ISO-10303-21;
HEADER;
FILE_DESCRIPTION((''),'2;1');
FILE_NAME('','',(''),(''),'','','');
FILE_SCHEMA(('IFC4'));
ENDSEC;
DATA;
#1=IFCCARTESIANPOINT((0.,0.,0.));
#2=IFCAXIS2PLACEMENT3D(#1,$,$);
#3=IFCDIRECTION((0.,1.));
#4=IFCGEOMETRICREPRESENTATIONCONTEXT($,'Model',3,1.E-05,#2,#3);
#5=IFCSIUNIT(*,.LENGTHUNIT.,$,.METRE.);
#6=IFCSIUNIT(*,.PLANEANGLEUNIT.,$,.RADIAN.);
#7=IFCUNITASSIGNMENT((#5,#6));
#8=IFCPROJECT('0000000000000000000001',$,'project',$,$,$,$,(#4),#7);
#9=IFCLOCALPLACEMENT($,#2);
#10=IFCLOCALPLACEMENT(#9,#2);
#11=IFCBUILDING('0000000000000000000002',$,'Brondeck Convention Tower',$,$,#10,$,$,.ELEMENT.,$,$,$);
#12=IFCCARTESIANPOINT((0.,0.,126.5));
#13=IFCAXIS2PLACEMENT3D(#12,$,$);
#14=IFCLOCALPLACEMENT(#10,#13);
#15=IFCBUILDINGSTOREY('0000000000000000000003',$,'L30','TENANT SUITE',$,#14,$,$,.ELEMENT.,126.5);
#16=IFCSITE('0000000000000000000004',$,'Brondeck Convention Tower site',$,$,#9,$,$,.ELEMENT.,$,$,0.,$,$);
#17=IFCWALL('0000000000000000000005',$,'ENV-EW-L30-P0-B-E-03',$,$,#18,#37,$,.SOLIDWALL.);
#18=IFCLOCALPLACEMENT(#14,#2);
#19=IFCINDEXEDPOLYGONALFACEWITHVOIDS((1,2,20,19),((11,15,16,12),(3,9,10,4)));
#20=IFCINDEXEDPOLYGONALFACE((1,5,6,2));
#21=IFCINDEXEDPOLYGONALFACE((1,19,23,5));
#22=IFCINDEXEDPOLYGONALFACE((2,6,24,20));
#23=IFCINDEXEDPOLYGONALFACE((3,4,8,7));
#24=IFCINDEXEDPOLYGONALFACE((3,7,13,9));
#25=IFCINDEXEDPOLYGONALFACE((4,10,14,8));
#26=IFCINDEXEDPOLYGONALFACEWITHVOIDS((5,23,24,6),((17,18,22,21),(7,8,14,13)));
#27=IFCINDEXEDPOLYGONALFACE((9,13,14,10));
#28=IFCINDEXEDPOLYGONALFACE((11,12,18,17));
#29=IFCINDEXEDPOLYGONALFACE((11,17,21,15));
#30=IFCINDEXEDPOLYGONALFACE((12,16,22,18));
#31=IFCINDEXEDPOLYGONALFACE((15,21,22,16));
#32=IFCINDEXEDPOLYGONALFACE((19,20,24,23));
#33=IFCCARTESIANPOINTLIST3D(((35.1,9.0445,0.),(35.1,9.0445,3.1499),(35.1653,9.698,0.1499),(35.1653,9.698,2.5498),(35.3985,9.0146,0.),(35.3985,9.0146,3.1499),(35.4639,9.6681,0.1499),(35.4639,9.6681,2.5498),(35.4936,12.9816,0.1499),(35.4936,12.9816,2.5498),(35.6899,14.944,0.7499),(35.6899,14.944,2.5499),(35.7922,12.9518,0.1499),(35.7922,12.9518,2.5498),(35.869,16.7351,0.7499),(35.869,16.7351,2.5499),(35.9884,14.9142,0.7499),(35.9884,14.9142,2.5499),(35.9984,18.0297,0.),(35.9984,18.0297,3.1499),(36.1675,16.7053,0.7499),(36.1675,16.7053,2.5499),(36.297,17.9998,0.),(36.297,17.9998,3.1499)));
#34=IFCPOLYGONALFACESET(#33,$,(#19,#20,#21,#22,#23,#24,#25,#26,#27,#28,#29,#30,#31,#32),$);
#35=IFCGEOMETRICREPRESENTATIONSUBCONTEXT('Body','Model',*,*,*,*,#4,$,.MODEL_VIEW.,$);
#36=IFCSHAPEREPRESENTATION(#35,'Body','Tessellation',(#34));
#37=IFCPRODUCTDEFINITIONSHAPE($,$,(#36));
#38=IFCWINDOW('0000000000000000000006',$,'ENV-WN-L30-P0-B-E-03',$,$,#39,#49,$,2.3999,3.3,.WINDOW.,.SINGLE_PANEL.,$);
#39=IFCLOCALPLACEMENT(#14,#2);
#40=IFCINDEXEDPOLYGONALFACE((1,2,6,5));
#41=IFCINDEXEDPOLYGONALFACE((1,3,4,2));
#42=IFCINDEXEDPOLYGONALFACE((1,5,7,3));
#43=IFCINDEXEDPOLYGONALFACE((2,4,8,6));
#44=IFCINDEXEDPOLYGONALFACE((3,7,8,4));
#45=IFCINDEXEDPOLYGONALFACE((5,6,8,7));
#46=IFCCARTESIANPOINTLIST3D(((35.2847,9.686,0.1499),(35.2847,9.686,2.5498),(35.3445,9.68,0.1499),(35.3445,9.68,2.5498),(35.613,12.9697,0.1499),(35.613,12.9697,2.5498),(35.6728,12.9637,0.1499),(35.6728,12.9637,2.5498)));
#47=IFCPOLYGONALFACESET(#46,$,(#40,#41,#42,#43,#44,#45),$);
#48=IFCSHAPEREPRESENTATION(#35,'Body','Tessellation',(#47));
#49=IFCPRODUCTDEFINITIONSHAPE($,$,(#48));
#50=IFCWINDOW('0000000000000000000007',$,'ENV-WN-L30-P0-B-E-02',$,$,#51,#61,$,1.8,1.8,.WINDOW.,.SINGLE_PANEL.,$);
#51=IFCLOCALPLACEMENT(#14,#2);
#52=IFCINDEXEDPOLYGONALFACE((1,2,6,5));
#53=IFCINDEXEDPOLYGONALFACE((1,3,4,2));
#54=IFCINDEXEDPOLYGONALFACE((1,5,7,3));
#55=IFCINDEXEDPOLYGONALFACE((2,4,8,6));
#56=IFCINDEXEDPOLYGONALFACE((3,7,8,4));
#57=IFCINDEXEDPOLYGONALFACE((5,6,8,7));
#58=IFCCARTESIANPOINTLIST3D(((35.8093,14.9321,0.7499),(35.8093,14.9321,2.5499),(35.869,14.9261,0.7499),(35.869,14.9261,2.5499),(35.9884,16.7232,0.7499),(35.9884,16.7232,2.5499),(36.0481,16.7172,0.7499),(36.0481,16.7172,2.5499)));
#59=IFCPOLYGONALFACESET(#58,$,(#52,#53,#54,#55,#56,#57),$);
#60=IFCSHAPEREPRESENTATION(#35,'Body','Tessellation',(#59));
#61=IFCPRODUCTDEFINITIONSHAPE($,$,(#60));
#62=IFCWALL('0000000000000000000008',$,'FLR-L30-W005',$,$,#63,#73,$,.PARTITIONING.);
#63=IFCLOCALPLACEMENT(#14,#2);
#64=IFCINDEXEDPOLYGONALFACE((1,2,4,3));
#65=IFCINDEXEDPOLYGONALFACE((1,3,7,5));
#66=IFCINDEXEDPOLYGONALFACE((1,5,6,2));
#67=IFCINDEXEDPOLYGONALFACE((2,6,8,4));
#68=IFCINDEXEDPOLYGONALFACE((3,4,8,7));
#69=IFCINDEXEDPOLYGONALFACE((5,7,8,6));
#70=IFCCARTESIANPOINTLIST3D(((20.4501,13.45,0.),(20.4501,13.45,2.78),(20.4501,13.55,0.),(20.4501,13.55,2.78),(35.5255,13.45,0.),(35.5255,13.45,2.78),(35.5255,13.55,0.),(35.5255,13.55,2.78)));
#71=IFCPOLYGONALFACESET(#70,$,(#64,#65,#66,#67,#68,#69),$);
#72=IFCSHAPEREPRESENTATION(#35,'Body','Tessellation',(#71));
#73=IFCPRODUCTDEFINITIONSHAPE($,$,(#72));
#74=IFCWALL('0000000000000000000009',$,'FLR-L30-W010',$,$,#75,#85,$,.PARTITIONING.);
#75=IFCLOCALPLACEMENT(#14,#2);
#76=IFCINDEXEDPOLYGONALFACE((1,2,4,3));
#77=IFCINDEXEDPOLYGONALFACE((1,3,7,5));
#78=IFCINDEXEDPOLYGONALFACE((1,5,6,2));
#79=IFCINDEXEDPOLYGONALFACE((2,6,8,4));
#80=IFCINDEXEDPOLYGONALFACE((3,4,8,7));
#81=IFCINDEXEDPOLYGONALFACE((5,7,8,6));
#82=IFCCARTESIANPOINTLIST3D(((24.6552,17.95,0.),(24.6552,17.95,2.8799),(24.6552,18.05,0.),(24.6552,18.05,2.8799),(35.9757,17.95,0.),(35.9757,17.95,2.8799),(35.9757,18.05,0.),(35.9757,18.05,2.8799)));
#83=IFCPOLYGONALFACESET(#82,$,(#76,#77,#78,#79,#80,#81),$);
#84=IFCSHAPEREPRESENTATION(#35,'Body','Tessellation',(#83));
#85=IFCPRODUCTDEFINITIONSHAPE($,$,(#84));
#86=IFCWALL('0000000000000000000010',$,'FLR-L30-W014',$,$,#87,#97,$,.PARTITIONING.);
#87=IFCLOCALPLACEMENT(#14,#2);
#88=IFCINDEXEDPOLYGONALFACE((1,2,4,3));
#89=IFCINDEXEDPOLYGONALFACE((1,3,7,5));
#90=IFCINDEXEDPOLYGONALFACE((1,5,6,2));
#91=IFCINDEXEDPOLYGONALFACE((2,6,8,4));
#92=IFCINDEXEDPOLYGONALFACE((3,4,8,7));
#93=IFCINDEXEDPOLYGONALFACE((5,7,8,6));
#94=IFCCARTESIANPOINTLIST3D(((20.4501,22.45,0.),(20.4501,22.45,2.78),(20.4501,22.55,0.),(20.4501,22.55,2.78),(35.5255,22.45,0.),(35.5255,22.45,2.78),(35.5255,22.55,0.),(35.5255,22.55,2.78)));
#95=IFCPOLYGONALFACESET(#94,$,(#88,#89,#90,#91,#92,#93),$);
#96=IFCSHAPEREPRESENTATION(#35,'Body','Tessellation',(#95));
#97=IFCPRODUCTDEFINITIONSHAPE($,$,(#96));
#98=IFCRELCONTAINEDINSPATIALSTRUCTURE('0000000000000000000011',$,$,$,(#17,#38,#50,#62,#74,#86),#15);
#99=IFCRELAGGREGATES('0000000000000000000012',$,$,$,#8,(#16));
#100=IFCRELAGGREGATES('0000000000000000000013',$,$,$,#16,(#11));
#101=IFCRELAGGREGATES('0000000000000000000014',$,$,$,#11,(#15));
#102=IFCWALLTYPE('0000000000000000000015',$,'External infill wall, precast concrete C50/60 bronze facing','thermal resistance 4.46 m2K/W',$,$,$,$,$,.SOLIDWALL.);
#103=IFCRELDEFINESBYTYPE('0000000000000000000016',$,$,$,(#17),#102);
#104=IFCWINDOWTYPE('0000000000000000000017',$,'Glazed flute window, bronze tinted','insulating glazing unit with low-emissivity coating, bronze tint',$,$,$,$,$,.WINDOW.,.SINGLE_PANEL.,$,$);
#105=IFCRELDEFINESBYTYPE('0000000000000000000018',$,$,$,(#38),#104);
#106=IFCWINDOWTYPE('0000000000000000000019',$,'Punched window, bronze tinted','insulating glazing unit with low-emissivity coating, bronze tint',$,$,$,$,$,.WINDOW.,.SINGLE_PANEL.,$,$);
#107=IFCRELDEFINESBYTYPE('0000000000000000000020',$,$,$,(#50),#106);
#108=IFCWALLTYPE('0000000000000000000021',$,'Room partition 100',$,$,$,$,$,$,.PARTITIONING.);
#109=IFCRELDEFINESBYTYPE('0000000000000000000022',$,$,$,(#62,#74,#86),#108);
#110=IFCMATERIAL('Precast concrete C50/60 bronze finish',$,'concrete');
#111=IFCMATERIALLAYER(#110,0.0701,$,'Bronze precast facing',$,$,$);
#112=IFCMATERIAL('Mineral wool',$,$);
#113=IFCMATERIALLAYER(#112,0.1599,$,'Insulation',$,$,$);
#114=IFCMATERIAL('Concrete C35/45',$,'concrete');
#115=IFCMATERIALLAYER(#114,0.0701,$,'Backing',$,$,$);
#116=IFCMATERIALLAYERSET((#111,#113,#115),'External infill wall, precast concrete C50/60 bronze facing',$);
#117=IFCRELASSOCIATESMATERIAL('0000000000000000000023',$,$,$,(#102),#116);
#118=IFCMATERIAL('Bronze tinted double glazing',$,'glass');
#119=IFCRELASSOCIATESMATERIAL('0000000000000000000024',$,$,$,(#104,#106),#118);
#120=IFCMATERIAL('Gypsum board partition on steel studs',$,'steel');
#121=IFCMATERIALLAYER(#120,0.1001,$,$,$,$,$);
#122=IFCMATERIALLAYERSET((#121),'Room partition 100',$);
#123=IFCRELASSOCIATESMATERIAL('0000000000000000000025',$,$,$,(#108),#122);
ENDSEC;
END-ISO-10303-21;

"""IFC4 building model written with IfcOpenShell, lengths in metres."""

from ifc_helpers import new_model, si_unit, direction, frame, frame_2d, origin, place, context, subcontext, project, spatial, rectangle, extrude, material, layer, layer_set, type_object, element, fill, save


model = new_model("IFC4")

# Units and contexts
model_context = context("Model", 3, precision=1e-05, world=origin(), true_north=direction((0.0, 1.0)))
body_context = subcontext(model_context, "Body", "Model", "MODEL_VIEW")
ifc_project = project(units=[si_unit("LENGTHUNIT", "METRE"), si_unit("PLANEANGLEUNIT", "RADIAN")], contexts=[model_context])

# Site, building, storey
site_placement = place(None, origin())
site = spatial("IfcSite", under=ifc_project, at=site_placement, Name="Brondeck Convention Tower site", CompositionType="ELEMENT", RefElevation=0.0)
building_placement = place(site_placement, origin())
building = spatial("IfcBuilding", under=site, at=building_placement, Name="Brondeck Convention Tower", CompositionType="ELEMENT")
storey_placement = place(building_placement, frame((0.0, 0.0, 126.5)))
storey = spatial("IfcBuildingStorey", under=building, at=storey_placement, Name="L30", Description="TENANT SUITE", CompositionType="ELEMENT", Elevation=126.5)

# Shared definitions
ifc_material_1 = material(Name="Precast concrete C50/60 bronze finish", Category="concrete")
ifc_layer_1 = layer(ifc_material_1, 0.0701, Name="Bronze precast facing")
ifc_material_2 = material(Name="Mineral wool")
ifc_layer_2 = layer(ifc_material_2, 0.1599, Name="Insulation")
ifc_material_3 = material(Name="Concrete C35/45", Category="concrete")
ifc_layer_3 = layer(ifc_material_3, 0.0701, Name="Backing")
ifc_layer_set_1 = layer_set([ifc_layer_1, ifc_layer_2, ifc_layer_3], Name="External infill wall, precast concrete C50/60 bronze facing")
wall_type_1 = type_object("IfcWallType", Name="External infill wall, precast concrete C50/60 bronze facing", Description="thermal resistance 4.46 m2K/W", PredefinedType="SOLIDWALL", material=ifc_layer_set_1)
ifc_material_4 = material(Name="Bronze tinted double glazing", Category="glass")
window_type_1 = type_object("IfcWindowType", Name="Glazed flute window, bronze tinted", Description="insulating glazing unit with low-emissivity coating, bronze tint", PartitioningType="SINGLE_PANEL", PredefinedType="WINDOW", material=ifc_material_4)

# Wall, openings, windows
wall_1_placement = place(storey_placement, frame((36.1477, 18.0149, 0.0), z_axis=(0.0, 0.0, 1.0), x_axis=(-0.099496, -0.995038, 0.0)))
wall_1 = element("IfcWall", 1, at=wall_1_placement, inside=storey, type_object=wall_type_1, Name="ENV-EW-L30-P0-B-E-03", PredefinedType="SOLIDWALL", context=body_context, shape_type="SweptSolid", body=[
    extrude(rectangle(XDim=9.03, YDim=0.3, at=frame_2d((4.5151, 0.0))), origin(), (0.0, 0.0, 1.0), 3.1499),
])
opening_1_placement = place(wall_1_placement, frame((1.3013, 0.0, 0.75)))
opening_1 = element("IfcOpeningElement", 2, at=opening_1_placement, cuts=wall_1, PredefinedType="OPENING", context=body_context, shape_type="SweptSolid", body=[
    extrude(rectangle(XDim=1.8, YDim=1.8, at=frame_2d((0.8999, 0.8999))), frame((0.0, 0.1599, 0.0), z_axis=(0.0, -1.0, 0.0), x_axis=(1.0, 0.0, 0.0)), (0.0, 0.0, 1.0), 0.3201),
])
opening_2_placement = place(wall_1_placement, frame((5.0735, 0.0, 0.1499)))
opening_2 = element("IfcOpeningElement", 3, at=opening_2_placement, cuts=wall_1, PredefinedType="OPENING", context=body_context, shape_type="SweptSolid", body=[
    extrude(rectangle(XDim=3.3, YDim=2.3999, at=frame_2d((1.6499, 1.2))), frame((0.0, 0.1599, 0.0), z_axis=(0.0, -1.0, 0.0), x_axis=(1.0, 0.0, 0.0)), (0.0, 0.0, 1.0), 0.3201),
])
window_1_placement = place(opening_2_placement, origin())
window_1 = element("IfcWindow", 4, at=window_1_placement, inside=storey, type_object=window_type_1, Name="ENV-WN-L30-P0-B-E-03", OverallHeight=2.3999, OverallWidth=3.3, PartitioningType="SINGLE_PANEL", PredefinedType="WINDOW", context=body_context, shape_type="SweptSolid", body=[
    extrude(rectangle(XDim=3.3, YDim=2.3999, at=frame_2d((1.6499, 1.2))), frame((0.0, 0.03, 0.0), z_axis=(0.0, -1.0, 0.0), x_axis=(1.0, 0.0, 0.0)), (0.0, 0.0, 1.0), 0.0601),
])
fill(opening_2, window_1)
window_type_2 = type_object("IfcWindowType", Name="Punched window, bronze tinted", Description="insulating glazing unit with low-emissivity coating, bronze tint", PartitioningType="SINGLE_PANEL", PredefinedType="WINDOW", material=ifc_material_4)
window_2_placement = place(opening_1_placement, origin())
window_2 = element("IfcWindow", 5, at=window_2_placement, inside=storey, type_object=window_type_2, Name="ENV-WN-L30-P0-B-E-02", OverallHeight=1.8, OverallWidth=1.8, PartitioningType="SINGLE_PANEL", PredefinedType="WINDOW", context=body_context, shape_type="SweptSolid", body=[
    extrude(rectangle(XDim=1.8, YDim=1.8, at=frame_2d((0.8999, 0.8999))), frame((0.0, 0.03, 0.0), z_axis=(0.0, -1.0, 0.0), x_axis=(1.0, 0.0, 0.0)), (0.0, 0.0, 1.0), 0.0601),
])
fill(opening_1, window_2)

# Walls
ifc_material_5 = material(Name="Gypsum board partition on steel studs", Category="steel")
ifc_layer_4 = layer(ifc_material_5, 0.1001)
ifc_layer_set_2 = layer_set([ifc_layer_4], Name="Room partition 100")
wall_type_2 = type_object("IfcWallType", Name="Room partition 100", PredefinedType="PARTITIONING", material=ifc_layer_set_2)
wall_2_placement = place(storey_placement, frame((35.5254, 13.5, 0.0), z_axis=(0.0, 0.0, 1.0), x_axis=(-1.0, 0.0, 0.0)))
element("IfcWall", 6, at=wall_2_placement, inside=storey, type_object=wall_type_2, Name="FLR-L30-W005", PredefinedType="PARTITIONING", context=body_context, shape_type="SweptSolid", body=[
    extrude(rectangle(XDim=15.0754, YDim=0.1001, at=frame_2d((7.5376, 0.0))), origin(), (0.0, 0.0, 1.0), 2.78),
])
wall_3_placement = place(storey_placement, frame((35.9756, 18.0, 0.0), z_axis=(0.0, 0.0, 1.0), x_axis=(-1.0, 0.0, 0.0)))
element("IfcWall", 7, at=wall_3_placement, inside=storey, type_object=wall_type_2, Name="FLR-L30-W010", PredefinedType="PARTITIONING", context=body_context, shape_type="SweptSolid", body=[
    extrude(rectangle(XDim=11.3206, YDim=0.1001, at=frame_2d((5.6602, 0.0))), origin(), (0.0, 0.0, 1.0), 2.8799),
])
wall_4_placement = place(storey_placement, frame((35.5254, 22.5, 0.0), z_axis=(0.0, 0.0, 1.0), x_axis=(-1.0, 0.0, 0.0)))
element("IfcWall", 8, at=wall_4_placement, inside=storey, type_object=wall_type_2, Name="FLR-L30-W014", PredefinedType="PARTITIONING", context=body_context, shape_type="SweptSolid", body=[
    extrude(rectangle(XDim=15.0754, YDim=0.1001, at=frame_2d((7.5376, 0.0))), origin(), (0.0, 0.0, 1.0), 2.78),
])

save(model, "model.ifc")
